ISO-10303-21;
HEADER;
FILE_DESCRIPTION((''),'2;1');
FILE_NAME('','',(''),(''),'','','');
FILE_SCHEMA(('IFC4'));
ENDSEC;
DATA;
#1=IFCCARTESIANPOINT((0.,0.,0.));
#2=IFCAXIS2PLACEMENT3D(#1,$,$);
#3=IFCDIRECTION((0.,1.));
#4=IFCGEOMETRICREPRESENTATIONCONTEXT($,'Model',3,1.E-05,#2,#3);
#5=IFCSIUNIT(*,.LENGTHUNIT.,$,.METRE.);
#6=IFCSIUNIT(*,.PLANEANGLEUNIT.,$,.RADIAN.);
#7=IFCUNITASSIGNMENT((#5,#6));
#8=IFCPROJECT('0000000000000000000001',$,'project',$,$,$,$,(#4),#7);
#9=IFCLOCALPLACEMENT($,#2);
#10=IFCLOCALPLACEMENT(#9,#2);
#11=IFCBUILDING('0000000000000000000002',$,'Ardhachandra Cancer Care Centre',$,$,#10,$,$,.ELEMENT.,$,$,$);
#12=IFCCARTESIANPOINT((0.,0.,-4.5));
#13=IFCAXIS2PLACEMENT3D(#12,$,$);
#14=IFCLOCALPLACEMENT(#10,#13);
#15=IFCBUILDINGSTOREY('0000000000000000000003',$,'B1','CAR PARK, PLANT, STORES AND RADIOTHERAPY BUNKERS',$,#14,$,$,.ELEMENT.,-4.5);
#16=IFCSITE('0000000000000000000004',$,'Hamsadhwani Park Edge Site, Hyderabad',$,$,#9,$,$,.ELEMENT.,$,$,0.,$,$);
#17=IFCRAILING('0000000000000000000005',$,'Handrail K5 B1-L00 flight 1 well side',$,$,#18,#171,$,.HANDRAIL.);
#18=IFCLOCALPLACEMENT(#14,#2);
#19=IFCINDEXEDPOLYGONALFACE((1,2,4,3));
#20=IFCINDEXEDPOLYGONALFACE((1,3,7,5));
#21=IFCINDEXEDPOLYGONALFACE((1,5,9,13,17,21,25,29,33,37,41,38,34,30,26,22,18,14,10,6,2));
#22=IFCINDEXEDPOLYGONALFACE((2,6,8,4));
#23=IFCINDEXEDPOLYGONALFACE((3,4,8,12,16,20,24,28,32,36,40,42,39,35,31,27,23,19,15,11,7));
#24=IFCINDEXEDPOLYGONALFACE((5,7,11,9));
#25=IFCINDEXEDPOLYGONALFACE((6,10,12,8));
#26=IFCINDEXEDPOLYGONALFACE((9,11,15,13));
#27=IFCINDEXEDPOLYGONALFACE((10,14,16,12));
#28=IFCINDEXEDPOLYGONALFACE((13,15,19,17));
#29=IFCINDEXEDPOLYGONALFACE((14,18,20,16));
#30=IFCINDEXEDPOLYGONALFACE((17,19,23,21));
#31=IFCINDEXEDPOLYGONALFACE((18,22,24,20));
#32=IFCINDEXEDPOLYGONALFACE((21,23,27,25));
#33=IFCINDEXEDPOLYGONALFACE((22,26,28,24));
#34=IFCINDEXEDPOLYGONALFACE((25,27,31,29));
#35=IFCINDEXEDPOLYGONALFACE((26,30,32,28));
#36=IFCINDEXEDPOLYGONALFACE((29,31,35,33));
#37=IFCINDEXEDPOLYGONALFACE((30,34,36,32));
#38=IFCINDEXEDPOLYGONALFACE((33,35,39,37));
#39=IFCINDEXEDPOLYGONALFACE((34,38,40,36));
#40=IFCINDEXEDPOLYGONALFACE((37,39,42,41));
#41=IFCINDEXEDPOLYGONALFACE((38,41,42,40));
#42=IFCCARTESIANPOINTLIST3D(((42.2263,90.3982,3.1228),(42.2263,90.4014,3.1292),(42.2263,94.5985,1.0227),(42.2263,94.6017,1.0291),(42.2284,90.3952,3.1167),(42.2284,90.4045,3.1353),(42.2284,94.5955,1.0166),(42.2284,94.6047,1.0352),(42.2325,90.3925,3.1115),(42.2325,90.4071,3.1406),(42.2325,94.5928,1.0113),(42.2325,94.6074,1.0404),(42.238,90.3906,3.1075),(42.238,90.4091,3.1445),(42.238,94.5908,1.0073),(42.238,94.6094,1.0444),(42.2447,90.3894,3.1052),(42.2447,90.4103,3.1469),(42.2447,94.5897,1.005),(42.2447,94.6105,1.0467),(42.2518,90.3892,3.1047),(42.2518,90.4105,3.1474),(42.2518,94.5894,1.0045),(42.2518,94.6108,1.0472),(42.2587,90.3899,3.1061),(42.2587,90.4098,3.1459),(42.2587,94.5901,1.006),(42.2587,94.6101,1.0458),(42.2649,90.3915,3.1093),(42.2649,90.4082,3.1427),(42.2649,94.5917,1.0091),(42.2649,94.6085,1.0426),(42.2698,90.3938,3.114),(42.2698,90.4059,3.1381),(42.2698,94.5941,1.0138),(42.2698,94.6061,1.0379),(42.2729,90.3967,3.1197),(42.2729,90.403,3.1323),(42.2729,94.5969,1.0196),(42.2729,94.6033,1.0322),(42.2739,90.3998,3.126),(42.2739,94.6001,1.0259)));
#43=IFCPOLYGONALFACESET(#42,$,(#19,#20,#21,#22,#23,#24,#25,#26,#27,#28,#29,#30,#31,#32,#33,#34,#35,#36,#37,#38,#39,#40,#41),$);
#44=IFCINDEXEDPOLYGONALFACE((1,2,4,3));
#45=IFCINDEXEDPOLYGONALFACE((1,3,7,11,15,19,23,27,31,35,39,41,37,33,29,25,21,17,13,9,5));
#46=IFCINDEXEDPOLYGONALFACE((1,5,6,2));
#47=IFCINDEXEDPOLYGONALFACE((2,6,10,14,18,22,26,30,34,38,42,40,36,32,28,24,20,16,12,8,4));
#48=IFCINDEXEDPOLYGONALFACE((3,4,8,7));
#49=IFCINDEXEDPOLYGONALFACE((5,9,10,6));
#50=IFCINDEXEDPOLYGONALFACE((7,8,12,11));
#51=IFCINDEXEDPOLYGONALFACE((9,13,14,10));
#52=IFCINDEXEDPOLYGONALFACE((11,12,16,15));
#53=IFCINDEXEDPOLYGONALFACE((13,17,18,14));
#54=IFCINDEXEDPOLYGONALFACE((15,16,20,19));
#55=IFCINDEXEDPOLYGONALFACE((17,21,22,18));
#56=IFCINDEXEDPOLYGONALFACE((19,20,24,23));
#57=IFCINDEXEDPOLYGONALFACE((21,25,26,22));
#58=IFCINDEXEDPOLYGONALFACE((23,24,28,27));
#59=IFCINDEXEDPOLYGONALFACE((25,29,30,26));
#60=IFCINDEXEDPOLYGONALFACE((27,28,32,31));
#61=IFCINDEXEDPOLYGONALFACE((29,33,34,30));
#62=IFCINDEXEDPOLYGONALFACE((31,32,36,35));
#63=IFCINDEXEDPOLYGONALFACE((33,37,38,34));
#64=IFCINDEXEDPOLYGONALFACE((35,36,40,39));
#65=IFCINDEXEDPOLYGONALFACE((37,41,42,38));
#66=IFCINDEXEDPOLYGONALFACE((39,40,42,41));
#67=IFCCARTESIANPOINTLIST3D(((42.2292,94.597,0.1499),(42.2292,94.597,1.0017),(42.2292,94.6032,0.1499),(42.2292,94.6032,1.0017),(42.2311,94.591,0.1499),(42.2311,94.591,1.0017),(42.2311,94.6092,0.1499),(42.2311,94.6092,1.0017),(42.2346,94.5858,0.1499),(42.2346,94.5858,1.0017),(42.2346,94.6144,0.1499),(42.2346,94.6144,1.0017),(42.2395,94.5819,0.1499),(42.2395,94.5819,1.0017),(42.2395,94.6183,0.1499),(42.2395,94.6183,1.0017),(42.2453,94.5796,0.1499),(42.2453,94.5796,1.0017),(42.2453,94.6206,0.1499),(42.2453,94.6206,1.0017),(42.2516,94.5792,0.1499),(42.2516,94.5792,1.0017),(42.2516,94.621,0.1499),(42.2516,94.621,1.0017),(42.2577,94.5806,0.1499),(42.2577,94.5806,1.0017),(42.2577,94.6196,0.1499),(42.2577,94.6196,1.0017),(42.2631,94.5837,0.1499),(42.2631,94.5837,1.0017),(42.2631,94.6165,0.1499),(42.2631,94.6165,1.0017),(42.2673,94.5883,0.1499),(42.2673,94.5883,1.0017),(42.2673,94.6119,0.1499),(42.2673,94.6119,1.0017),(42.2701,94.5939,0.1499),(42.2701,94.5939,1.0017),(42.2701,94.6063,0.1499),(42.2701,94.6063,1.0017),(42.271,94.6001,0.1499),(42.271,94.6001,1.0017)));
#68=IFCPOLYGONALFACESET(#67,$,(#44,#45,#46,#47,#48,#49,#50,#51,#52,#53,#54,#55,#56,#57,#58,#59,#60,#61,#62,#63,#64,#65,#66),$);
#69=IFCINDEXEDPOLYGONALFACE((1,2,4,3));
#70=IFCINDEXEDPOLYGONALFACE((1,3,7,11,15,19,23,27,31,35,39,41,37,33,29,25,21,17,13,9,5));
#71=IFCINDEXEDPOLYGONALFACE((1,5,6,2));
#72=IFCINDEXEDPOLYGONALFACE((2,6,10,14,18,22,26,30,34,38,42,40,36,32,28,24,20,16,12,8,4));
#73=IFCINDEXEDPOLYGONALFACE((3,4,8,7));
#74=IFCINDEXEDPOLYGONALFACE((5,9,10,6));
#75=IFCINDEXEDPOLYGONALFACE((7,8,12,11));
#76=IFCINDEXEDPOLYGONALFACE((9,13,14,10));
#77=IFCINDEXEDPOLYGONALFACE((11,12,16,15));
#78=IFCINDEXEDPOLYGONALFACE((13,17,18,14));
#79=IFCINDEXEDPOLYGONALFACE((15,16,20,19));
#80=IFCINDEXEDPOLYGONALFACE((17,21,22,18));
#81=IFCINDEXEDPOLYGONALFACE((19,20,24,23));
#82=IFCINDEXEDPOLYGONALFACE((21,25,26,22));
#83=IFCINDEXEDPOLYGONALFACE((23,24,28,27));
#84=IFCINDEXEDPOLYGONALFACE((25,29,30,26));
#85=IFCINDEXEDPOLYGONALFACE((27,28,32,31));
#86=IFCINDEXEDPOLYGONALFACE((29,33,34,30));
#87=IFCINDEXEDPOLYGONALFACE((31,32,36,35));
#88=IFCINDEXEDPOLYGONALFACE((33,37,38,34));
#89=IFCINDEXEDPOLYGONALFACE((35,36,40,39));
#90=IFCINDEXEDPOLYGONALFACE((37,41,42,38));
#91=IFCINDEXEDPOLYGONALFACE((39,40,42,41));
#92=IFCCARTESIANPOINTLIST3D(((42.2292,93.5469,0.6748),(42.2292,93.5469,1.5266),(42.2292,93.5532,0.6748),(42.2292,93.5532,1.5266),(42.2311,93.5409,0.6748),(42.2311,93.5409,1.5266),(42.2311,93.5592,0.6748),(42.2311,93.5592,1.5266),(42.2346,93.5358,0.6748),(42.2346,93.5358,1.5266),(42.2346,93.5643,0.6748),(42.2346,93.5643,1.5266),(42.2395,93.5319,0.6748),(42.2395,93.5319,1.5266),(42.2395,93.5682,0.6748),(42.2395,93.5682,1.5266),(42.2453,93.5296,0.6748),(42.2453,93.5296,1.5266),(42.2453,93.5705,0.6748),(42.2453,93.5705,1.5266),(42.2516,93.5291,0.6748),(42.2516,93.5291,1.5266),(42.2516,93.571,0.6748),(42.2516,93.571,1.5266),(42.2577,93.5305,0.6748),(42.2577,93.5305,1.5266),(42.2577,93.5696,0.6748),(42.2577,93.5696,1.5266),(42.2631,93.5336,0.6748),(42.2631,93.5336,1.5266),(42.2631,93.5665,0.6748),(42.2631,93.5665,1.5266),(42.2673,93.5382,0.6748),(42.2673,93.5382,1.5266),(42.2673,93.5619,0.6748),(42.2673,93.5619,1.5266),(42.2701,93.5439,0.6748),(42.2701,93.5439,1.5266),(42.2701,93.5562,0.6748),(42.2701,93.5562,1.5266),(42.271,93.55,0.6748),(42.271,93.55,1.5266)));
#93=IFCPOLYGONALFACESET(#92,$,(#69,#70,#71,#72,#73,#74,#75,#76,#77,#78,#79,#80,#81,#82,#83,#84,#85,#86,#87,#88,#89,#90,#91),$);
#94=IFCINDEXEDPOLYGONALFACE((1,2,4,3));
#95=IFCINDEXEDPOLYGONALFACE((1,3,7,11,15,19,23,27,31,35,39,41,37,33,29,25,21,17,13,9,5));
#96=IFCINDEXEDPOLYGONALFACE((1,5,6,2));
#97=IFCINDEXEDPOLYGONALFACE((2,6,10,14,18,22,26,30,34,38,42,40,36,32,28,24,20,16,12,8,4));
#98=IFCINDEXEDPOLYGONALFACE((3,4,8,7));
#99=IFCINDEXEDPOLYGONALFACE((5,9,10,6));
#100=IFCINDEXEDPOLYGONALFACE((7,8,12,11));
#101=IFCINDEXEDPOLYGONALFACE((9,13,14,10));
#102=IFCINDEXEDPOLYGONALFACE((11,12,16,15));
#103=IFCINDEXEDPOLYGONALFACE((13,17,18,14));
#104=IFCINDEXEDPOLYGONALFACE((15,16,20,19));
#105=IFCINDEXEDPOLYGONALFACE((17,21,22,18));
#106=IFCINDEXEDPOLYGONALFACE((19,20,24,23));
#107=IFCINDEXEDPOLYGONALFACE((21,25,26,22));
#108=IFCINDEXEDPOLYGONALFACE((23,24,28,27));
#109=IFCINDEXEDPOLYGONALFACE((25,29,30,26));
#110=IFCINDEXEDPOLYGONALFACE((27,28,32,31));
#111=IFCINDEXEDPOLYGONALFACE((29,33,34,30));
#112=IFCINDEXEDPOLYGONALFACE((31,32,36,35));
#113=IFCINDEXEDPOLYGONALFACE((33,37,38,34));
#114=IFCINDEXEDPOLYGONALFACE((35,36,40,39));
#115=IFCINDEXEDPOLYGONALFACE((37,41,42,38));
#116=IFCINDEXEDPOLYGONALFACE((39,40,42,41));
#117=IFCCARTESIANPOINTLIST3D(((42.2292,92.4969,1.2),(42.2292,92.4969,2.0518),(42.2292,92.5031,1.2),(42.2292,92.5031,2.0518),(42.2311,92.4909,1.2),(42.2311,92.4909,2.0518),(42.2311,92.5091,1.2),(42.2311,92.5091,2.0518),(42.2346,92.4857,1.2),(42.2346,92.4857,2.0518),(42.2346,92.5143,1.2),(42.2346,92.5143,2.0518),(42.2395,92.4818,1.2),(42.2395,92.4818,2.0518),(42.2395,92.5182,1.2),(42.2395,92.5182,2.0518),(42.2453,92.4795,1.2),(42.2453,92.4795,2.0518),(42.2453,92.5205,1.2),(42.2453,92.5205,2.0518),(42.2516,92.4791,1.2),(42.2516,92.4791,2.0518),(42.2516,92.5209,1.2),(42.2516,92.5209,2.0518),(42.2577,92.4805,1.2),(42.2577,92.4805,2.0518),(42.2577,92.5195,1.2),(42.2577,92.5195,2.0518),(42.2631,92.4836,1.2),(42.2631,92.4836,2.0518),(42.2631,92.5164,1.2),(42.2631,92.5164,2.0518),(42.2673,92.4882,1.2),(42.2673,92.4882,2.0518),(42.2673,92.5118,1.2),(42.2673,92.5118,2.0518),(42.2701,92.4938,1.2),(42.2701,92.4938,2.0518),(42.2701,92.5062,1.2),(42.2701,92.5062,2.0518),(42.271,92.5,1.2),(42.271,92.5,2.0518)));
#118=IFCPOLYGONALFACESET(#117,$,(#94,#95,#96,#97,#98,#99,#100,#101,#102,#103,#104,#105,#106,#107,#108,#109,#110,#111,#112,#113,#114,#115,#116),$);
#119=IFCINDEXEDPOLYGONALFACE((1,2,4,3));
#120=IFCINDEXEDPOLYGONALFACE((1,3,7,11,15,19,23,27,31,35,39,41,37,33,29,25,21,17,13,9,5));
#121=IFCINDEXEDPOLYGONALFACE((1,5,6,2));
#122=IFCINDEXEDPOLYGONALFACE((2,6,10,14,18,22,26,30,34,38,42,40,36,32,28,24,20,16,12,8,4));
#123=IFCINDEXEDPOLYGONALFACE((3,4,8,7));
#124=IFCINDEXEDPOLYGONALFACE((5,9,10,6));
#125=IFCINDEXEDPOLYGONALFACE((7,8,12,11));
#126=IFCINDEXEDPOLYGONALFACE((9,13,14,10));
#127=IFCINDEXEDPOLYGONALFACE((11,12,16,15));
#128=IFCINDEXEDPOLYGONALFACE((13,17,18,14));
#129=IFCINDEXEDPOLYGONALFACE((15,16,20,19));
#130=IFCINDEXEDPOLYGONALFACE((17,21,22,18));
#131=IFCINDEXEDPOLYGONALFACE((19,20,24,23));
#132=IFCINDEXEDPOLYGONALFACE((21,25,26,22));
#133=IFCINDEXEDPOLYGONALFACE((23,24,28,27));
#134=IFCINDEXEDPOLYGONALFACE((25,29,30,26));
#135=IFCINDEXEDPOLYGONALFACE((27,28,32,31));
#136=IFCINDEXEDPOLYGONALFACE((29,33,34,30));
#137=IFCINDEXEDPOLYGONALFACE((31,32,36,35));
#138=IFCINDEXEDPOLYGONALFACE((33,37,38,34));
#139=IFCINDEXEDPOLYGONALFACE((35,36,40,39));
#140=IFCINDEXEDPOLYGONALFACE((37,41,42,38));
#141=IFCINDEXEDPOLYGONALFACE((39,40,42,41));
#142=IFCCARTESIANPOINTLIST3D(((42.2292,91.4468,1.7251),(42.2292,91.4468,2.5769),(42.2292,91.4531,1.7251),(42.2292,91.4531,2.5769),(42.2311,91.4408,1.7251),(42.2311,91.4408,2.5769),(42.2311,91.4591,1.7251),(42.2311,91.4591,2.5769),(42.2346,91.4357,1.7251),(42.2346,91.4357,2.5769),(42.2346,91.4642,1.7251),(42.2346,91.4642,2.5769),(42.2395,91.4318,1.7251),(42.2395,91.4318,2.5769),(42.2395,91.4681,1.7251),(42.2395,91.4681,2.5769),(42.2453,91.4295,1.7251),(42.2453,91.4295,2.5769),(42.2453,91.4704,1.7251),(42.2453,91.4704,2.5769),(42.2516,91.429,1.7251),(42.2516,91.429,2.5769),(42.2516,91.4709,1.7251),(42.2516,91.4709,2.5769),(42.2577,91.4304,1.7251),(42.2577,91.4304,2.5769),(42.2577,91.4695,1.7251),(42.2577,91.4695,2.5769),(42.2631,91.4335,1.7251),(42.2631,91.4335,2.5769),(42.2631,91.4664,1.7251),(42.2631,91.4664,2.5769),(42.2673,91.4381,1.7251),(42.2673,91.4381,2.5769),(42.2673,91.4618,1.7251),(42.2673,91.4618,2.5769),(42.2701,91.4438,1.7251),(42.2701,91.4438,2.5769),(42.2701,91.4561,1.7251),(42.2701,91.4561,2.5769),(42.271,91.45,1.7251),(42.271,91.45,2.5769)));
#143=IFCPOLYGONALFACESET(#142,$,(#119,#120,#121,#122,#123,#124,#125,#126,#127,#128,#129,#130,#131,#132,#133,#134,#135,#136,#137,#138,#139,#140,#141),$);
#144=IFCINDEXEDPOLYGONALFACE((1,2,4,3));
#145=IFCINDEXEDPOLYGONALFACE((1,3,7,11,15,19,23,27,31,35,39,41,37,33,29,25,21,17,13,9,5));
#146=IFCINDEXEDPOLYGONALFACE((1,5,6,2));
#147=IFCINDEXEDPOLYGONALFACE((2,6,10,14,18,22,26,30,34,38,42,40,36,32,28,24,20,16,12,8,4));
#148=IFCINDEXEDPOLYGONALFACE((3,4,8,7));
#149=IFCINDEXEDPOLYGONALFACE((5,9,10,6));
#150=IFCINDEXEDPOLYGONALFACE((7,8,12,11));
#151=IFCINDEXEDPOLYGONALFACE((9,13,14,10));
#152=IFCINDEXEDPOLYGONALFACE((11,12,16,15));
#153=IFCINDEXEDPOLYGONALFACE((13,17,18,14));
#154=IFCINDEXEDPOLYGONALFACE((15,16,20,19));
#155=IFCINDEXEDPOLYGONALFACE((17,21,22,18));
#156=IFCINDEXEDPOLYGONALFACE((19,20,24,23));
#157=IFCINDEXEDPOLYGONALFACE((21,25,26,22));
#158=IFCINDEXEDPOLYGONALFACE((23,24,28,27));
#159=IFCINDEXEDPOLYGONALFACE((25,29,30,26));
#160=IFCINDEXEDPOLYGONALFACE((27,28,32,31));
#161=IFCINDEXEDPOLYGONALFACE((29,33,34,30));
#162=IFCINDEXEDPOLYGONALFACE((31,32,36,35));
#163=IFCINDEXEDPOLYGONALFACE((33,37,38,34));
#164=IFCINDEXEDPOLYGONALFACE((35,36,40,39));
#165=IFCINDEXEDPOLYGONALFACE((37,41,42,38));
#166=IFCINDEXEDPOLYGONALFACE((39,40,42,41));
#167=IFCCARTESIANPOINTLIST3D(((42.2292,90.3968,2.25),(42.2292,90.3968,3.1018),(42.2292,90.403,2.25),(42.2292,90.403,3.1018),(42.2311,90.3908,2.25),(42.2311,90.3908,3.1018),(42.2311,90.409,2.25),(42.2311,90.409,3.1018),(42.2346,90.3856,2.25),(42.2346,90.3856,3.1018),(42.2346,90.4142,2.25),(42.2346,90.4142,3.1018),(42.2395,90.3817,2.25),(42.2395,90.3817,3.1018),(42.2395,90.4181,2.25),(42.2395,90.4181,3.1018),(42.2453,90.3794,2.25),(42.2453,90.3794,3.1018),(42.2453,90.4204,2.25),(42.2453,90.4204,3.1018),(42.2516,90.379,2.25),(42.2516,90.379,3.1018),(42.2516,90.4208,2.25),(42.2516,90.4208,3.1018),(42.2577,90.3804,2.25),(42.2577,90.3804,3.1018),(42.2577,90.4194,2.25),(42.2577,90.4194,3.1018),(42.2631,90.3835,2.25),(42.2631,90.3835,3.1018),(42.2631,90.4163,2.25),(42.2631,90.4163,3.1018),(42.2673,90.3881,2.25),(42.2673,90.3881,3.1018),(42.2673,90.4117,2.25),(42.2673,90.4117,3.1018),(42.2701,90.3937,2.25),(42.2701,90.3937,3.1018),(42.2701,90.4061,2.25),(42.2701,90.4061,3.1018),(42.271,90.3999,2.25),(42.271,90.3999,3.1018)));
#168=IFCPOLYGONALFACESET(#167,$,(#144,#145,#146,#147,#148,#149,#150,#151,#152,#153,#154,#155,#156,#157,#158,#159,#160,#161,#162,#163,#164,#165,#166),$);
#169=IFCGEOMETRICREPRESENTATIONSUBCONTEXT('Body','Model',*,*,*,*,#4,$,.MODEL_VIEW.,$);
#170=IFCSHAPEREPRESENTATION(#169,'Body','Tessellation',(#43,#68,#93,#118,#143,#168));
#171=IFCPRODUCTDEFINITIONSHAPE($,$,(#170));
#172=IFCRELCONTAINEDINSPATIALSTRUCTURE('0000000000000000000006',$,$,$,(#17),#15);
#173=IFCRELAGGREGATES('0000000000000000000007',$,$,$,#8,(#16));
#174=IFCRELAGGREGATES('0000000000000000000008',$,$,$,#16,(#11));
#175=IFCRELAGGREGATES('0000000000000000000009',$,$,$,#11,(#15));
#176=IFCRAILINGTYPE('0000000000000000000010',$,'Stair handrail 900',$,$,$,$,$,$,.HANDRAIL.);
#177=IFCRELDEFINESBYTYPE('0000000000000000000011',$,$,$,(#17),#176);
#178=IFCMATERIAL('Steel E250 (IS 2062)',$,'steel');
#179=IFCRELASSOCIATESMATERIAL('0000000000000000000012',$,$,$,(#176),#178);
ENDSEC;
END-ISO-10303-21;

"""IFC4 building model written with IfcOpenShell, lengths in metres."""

from ifc_helpers import new_model, si_unit, direction, frame, origin, origin_2d, place, context, subcontext, project, spatial, circle, extrude, material, type_object, element, save


model = new_model("IFC4")

# Units and contexts
model_context = context("Model", 3, precision=1e-05, world=origin(), true_north=direction((0.0, 1.0)))
body_context = subcontext(model_context, "Body", "Model", "MODEL_VIEW")
ifc_project = project(units=[si_unit("LENGTHUNIT", "METRE"), si_unit("PLANEANGLEUNIT", "RADIAN")], contexts=[model_context])

# Site, building, storey
site_placement = place(None, origin())
site = spatial("IfcSite", under=ifc_project, at=site_placement, Name="Hamsadhwani Park Edge Site, Hyderabad", CompositionType="ELEMENT", RefElevation=0.0)
building_placement = place(site_placement, origin())
building = spatial("IfcBuilding", under=site, at=building_placement, Name="Ardhachandra Cancer Care Centre", CompositionType="ELEMENT")
storey_placement = place(building_placement, frame((0.0, 0.0, -4.5)))
storey = spatial("IfcBuildingStorey", under=building, at=storey_placement, Name="B1", Description="CAR PARK, PLANT, STORES AND RADIOTHERAPY BUNKERS", CompositionType="ELEMENT", Elevation=-4.5)

# Railing
ifc_material_1 = material(Name="Steel E250 (IS 2062)", Category="steel")
railing_type = type_object("IfcRailingType", Name="Stair handrail 900", PredefinedType="HANDRAIL", material=ifc_material_1)
for number, where, name in (
    (1, (42.25, 94.6001, 0.1499), "Handrail K5 B1-L00 flight 1 well side"),
):
    element("IfcRailing", number, at=place(storey_placement, frame(where)), inside=storey, type_object=railing_type, Name=name, PredefinedType="HANDRAIL", context=body_context, shape_type="SweptSolid", body=[
        extrude(circle(Radius=0.0239, at=origin_2d()), frame((0.0, 0.0, 0.876), z_axis=(0.0, -0.894427, 0.447214), x_axis=(1.0, 0.0, 0.0)), (0.0, 0.0, 1.0), 4.696),
        extrude(circle(Radius=0.021, at=origin_2d()), origin(), (0.0, 0.0, 1.0), 0.8518),
        extrude(circle(Radius=0.021, at=origin_2d()), frame((0.0, -1.05, 0.5249)), (0.0, 0.0, 1.0), 0.8518),
        extrude(circle(Radius=0.021, at=origin_2d()), frame((0.0, -2.1001, 1.05)), (0.0, 0.0, 1.0), 0.8518),
        extrude(circle(Radius=0.021, at=origin_2d()), frame((0.0, -3.1501, 1.5752)), (0.0, 0.0, 1.0), 0.8518),
        extrude(circle(Radius=0.021, at=origin_2d()), frame((0.0, -4.2002, 2.1001)), (0.0, 0.0, 1.0), 0.8518),
    ])

save(model, "model.ifc")
